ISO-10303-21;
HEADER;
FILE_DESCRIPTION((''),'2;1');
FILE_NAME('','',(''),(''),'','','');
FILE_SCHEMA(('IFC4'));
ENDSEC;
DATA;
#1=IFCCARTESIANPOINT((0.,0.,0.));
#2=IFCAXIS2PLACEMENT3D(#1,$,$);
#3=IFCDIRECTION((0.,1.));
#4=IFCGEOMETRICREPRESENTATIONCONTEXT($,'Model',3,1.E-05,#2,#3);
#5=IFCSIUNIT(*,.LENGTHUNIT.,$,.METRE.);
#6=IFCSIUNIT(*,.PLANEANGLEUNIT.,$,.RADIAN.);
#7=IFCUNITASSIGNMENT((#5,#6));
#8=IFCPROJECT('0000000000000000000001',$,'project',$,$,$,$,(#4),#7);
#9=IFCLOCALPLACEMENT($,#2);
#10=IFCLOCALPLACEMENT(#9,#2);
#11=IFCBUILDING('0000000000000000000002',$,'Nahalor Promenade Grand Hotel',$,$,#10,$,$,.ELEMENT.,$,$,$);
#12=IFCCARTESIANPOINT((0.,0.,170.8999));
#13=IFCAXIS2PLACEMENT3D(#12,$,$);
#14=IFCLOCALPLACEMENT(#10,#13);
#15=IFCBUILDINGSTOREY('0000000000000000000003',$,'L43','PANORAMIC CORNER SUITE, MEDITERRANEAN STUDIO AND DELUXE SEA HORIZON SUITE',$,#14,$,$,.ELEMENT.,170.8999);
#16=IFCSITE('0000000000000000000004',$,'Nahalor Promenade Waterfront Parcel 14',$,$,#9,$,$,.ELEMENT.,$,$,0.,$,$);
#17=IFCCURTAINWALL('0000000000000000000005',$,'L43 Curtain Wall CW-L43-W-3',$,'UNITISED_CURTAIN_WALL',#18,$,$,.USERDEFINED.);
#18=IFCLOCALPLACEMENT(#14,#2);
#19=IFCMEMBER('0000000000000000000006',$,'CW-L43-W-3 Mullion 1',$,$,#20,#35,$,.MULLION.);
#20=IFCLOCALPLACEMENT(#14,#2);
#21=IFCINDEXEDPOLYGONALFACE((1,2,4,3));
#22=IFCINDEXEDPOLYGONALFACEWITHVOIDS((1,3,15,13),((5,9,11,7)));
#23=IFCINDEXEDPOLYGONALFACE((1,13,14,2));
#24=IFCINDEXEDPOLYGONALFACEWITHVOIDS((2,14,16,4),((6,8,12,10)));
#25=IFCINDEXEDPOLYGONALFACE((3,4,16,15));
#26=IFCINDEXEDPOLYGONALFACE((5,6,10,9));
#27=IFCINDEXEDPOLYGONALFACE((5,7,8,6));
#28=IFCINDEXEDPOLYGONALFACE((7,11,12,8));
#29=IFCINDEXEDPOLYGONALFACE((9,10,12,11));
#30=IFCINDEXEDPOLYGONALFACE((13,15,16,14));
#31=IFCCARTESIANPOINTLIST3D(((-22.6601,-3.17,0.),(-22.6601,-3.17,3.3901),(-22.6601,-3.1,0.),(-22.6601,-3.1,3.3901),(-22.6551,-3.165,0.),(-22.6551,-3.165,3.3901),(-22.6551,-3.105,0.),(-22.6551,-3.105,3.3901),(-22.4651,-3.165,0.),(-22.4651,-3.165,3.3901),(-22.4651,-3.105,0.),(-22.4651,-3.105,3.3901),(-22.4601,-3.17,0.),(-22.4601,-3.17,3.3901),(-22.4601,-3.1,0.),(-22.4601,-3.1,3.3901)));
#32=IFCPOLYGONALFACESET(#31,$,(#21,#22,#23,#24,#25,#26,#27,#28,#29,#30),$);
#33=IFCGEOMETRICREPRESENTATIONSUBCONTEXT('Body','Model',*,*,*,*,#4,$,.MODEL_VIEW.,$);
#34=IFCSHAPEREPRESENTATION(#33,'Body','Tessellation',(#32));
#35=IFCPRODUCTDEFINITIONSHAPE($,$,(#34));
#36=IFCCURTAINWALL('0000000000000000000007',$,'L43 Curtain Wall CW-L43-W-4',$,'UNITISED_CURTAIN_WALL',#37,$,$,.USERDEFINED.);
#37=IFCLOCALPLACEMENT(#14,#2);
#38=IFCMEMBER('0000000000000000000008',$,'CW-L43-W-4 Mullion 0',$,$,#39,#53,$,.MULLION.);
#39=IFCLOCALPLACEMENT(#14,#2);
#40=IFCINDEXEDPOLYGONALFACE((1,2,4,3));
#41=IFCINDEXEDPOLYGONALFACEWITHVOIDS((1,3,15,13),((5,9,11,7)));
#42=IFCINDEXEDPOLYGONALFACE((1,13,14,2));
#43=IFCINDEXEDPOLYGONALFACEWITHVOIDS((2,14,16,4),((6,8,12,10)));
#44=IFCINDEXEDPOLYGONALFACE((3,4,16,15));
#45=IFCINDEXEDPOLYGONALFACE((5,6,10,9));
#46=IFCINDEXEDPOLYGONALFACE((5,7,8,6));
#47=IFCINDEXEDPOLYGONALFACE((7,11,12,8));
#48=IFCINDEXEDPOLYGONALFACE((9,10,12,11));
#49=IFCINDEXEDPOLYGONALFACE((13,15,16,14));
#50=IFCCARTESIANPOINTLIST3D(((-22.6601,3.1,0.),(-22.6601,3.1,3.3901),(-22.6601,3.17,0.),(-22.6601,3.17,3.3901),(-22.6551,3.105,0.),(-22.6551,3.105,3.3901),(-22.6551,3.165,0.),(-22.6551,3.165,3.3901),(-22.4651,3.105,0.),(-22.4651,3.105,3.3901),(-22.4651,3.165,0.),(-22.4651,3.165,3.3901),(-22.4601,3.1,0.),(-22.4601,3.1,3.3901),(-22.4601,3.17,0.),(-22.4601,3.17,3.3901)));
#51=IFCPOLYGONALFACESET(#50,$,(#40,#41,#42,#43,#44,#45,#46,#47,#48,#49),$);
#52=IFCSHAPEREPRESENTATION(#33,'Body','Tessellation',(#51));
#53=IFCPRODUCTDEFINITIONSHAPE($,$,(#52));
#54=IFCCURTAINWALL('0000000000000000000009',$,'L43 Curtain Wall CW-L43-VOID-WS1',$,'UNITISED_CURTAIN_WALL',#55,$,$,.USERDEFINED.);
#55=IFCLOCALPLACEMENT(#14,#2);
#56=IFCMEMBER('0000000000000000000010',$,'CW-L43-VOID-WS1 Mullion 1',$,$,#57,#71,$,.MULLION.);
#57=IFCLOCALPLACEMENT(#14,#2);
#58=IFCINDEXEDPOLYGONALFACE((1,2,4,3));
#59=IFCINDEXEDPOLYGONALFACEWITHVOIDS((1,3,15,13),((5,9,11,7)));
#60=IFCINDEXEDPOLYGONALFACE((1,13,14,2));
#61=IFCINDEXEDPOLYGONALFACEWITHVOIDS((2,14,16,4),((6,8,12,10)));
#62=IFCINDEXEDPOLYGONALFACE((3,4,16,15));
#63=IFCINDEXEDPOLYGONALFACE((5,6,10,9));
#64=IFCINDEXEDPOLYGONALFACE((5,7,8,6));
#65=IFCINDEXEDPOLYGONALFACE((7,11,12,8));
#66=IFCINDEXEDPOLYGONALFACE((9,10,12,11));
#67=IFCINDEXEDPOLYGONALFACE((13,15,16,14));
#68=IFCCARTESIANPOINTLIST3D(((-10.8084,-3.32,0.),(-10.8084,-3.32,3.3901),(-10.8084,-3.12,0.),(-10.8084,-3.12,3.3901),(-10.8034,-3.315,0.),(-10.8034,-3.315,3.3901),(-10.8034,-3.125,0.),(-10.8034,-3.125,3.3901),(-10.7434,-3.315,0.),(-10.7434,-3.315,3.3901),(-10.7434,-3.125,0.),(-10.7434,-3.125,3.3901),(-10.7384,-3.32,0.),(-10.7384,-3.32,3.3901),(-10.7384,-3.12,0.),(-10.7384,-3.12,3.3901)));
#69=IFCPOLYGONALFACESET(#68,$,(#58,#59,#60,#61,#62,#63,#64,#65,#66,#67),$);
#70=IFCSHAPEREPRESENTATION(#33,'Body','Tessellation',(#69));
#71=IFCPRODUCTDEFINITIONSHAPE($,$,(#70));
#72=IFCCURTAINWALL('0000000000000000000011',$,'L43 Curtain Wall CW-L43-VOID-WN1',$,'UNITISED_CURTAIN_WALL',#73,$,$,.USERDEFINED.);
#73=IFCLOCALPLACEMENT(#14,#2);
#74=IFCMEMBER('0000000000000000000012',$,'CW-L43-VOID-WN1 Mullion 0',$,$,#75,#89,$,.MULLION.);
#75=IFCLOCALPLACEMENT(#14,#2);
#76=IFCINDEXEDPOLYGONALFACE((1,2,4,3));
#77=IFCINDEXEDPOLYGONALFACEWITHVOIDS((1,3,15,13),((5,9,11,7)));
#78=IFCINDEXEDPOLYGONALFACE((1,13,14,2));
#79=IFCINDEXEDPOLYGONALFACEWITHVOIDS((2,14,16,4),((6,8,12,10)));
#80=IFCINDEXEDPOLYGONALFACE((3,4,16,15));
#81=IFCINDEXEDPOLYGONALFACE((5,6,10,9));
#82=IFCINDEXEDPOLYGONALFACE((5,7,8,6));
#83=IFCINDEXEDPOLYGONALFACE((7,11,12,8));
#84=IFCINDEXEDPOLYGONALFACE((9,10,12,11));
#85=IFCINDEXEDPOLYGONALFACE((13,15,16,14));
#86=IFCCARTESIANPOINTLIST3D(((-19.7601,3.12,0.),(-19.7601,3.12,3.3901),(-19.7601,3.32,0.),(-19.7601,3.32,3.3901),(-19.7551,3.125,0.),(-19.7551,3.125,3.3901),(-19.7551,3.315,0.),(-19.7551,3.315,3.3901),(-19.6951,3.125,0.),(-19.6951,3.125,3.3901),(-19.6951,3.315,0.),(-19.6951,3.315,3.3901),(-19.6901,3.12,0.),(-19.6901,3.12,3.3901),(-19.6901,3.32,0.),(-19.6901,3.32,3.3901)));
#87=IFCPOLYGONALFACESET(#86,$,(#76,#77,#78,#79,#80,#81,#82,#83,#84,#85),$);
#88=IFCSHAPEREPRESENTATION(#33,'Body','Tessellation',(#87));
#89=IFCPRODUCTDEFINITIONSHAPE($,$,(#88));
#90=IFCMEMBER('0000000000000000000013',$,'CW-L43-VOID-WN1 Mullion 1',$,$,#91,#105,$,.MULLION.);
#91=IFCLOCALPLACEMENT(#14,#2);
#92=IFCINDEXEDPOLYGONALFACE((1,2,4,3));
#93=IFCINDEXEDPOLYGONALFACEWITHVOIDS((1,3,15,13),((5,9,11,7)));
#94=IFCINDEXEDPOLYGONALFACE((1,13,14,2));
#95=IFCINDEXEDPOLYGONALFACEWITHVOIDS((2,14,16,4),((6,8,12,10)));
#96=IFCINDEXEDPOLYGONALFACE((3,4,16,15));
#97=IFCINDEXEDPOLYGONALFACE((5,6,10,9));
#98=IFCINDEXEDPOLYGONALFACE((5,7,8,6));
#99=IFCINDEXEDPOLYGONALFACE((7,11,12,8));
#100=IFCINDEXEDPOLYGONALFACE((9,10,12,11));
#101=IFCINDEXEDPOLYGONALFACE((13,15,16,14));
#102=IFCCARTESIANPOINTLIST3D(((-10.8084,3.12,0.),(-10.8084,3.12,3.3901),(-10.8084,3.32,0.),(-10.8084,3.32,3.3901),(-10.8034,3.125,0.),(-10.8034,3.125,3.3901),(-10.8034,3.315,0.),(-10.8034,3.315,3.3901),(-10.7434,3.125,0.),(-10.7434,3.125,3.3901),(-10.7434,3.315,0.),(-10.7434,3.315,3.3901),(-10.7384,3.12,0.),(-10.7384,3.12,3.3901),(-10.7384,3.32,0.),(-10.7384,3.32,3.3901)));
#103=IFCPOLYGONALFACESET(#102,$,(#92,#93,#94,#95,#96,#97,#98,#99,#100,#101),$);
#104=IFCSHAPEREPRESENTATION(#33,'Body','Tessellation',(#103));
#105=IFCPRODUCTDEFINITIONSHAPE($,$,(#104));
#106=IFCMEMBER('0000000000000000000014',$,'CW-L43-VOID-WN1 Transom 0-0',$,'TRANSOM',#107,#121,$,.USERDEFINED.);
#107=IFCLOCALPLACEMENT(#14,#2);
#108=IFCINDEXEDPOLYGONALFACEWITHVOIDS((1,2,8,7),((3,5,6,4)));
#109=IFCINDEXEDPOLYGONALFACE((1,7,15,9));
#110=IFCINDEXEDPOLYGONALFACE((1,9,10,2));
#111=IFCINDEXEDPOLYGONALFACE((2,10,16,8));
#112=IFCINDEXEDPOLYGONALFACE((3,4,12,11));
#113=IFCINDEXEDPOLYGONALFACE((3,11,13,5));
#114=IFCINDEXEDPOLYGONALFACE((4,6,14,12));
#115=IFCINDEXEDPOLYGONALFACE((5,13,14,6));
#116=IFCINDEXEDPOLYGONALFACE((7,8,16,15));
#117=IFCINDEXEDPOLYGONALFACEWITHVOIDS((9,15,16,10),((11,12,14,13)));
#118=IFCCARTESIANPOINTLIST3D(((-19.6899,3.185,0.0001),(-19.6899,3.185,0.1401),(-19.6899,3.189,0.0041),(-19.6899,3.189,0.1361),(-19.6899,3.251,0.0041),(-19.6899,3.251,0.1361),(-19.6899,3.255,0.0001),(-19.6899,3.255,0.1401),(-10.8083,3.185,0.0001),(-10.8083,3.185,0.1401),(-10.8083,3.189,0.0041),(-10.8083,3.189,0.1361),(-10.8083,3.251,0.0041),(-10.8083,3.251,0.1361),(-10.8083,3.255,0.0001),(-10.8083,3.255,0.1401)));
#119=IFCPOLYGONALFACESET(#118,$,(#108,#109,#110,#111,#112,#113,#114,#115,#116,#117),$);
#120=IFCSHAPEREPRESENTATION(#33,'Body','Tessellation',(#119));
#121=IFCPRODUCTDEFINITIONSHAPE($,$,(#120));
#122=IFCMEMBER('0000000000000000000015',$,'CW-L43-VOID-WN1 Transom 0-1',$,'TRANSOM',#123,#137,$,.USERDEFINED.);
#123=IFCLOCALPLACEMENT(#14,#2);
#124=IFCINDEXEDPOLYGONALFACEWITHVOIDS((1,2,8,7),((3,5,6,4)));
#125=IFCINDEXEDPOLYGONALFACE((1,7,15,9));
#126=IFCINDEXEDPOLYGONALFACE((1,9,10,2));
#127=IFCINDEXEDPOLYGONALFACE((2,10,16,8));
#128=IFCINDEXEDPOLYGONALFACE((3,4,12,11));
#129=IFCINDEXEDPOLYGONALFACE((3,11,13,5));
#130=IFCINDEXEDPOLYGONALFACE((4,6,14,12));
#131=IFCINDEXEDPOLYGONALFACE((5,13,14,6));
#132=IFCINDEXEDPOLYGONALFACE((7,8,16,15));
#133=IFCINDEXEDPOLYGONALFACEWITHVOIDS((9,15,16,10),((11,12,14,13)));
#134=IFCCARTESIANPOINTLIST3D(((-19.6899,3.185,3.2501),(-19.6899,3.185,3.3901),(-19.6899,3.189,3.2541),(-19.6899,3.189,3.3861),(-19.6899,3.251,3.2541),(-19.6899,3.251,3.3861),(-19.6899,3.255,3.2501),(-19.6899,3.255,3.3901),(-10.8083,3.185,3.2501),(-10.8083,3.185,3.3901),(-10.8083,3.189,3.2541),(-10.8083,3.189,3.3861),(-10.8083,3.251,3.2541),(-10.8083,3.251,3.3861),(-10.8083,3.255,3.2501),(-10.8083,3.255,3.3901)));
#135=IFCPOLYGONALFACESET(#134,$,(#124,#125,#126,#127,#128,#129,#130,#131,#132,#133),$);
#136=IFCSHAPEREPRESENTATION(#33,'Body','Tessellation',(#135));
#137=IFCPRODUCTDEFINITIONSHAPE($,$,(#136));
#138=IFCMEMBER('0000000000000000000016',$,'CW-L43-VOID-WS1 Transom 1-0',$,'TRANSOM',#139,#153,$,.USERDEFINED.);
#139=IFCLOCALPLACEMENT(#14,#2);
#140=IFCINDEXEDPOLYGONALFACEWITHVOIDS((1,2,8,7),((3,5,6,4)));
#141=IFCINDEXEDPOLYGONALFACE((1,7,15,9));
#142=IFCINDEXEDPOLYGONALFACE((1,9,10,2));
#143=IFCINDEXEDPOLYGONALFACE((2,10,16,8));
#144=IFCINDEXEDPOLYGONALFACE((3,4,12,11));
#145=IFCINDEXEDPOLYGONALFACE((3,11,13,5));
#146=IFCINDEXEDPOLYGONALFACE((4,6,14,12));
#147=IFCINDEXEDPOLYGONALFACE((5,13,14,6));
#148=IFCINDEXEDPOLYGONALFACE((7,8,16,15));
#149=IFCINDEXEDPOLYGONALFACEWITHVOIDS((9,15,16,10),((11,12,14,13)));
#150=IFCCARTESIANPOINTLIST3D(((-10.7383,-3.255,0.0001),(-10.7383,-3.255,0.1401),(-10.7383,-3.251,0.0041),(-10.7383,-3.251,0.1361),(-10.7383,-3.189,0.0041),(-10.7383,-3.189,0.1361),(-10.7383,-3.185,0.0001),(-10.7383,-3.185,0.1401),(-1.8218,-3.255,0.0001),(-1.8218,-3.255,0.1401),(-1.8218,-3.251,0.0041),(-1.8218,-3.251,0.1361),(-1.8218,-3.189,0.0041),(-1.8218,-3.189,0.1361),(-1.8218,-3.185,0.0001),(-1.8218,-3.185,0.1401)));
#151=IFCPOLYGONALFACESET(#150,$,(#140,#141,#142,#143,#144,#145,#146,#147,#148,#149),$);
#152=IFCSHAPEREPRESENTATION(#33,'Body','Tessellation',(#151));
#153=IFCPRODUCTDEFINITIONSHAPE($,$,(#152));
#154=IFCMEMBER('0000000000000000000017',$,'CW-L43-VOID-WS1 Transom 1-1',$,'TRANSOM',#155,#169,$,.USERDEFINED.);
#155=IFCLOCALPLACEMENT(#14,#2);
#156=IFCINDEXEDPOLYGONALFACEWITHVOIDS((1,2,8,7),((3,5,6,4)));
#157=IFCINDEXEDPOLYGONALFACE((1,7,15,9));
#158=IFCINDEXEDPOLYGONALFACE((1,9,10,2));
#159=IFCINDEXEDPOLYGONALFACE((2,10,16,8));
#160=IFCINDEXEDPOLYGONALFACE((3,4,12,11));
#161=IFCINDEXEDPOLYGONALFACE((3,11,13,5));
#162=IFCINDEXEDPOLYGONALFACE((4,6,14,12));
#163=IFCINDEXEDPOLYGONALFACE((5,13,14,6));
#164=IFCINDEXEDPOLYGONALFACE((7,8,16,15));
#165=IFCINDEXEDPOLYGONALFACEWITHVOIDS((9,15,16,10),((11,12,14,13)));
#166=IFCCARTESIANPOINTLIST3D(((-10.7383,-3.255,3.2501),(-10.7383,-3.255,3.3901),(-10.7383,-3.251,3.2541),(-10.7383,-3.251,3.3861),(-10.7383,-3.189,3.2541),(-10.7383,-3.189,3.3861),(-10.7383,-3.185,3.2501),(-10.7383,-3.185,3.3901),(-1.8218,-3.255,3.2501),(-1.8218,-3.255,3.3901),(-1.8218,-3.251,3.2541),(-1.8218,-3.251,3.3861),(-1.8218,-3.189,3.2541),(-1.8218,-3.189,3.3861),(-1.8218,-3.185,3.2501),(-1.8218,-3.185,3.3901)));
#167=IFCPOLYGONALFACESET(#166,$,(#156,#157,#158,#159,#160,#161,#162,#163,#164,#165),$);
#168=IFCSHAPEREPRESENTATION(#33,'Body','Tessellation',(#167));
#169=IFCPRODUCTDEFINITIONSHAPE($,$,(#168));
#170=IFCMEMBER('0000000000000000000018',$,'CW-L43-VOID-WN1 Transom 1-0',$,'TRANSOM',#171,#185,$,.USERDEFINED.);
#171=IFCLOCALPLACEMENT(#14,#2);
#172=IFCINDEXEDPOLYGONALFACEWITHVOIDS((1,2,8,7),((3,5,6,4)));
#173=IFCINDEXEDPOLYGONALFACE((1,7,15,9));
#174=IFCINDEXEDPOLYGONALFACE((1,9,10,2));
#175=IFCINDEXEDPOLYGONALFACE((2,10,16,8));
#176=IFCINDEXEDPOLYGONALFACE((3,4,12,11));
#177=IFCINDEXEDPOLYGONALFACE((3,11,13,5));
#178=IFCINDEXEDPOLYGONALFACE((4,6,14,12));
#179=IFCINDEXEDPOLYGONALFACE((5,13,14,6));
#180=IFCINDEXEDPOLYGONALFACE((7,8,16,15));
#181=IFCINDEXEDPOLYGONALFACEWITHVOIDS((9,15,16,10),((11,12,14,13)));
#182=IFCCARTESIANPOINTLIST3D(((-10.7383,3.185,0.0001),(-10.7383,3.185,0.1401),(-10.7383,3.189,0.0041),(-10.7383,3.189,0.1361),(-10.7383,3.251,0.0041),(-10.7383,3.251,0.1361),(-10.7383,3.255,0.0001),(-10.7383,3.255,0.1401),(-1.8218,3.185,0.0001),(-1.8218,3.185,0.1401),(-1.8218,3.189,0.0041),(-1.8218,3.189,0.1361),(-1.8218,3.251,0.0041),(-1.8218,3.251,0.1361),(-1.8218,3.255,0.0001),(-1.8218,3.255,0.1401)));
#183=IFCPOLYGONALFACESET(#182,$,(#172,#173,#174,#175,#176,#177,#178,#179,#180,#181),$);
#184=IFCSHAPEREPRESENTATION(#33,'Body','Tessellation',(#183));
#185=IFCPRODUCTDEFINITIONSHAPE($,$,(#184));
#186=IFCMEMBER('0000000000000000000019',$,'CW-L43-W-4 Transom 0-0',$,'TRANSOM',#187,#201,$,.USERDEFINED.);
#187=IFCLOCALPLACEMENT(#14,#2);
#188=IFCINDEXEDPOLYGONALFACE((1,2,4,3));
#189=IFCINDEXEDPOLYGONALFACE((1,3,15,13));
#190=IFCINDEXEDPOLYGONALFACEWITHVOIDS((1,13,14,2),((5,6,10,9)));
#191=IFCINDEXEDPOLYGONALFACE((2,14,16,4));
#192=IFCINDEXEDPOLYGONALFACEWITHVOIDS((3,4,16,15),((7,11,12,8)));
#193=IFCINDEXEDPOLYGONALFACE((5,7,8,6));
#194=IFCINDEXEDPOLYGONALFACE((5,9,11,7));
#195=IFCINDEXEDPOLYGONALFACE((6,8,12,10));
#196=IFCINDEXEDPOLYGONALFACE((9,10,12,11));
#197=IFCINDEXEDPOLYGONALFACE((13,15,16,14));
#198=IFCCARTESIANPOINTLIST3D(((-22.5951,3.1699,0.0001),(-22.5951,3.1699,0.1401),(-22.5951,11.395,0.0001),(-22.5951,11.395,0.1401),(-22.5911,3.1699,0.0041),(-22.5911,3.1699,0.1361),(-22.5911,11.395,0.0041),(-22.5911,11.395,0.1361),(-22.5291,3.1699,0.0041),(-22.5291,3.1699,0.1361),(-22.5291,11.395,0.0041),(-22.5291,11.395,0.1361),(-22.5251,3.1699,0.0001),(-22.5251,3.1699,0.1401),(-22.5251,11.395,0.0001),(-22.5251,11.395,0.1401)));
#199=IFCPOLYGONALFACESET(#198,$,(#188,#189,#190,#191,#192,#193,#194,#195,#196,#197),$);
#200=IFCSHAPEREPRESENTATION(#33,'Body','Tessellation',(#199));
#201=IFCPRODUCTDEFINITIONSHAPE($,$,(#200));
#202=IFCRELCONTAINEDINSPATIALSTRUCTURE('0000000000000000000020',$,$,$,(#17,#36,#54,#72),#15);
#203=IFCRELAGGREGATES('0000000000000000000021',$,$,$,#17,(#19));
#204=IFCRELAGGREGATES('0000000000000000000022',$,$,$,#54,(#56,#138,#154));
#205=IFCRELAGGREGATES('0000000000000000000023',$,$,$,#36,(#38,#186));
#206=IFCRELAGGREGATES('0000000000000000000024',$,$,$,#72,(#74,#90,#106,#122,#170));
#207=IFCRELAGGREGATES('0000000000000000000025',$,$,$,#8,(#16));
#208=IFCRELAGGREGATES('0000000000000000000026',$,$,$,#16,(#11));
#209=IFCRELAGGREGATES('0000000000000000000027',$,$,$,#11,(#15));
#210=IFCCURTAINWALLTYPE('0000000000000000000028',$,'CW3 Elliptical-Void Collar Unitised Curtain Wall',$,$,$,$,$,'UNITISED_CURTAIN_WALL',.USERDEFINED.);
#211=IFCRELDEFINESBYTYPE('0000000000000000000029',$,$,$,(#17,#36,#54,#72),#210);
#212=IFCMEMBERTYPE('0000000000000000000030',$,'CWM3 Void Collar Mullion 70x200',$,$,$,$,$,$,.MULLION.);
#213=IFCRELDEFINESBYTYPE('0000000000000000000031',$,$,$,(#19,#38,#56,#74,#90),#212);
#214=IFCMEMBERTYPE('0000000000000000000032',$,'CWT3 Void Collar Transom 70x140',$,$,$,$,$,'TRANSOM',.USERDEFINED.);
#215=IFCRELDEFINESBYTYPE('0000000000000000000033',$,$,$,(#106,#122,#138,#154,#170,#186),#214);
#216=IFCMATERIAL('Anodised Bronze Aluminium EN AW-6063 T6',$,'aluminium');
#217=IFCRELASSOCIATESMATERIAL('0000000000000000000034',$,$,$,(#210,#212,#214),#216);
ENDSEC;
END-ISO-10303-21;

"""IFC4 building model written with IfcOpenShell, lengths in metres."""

from ifc_helpers import new_model, si_unit, direction, frame, origin, origin_2d, place, context, subcontext, project, spatial, hollow_rectangle, extrude, source, transform, mapped, material, material_profile, profile_set, type_object, element, aggregate, save


model = new_model("IFC4")

# Units and contexts
model_context = context("Model", 3, precision=1e-05, world=origin(), true_north=direction((0.0, 1.0)))
body_context = subcontext(model_context, "Body", "Model", "MODEL_VIEW")
ifc_project = project(units=[si_unit("LENGTHUNIT", "METRE"), si_unit("PLANEANGLEUNIT", "RADIAN")], contexts=[model_context])

# Site, building, storey
site_placement = place(None, origin())
site = spatial("IfcSite", under=ifc_project, at=site_placement, Name="Nahalor Promenade Waterfront Parcel 14", CompositionType="ELEMENT", RefElevation=0.0)
building_placement = place(site_placement, origin())
building = spatial("IfcBuilding", under=site, at=building_placement, Name="Nahalor Promenade Grand Hotel", CompositionType="ELEMENT")
storey_placement = place(building_placement, frame((0.0, 0.0, 170.8999)))
storey = spatial("IfcBuildingStorey", under=building, at=storey_placement, Name="L43", Description="PANORAMIC CORNER SUITE, MEDITERRANEAN STUDIO AND DELUXE SEA HORIZON SUITE", CompositionType="ELEMENT", Elevation=170.8999)

# Curtain walls, members
ifc_material_1 = material(Name="Anodised Bronze Aluminium EN AW-6063 T6", Category="aluminium")
curtain_wall_type = type_object("IfcCurtainWallType", Name="CW3 Elliptical-Void Collar Unitised Curtain Wall", ElementType="UNITISED_CURTAIN_WALL", PredefinedType="USERDEFINED", material=ifc_material_1)
curtain_wall_1_placement = place(storey_placement, origin())
curtain_wall_1 = element("IfcCurtainWall", 1, at=curtain_wall_1_placement, inside=storey, type_object=curtain_wall_type, Name="L43 Curtain Wall CW-L43-W-3", ObjectType="UNITISED_CURTAIN_WALL", PredefinedType="USERDEFINED")
ifc_material_profile_1 = material_profile(ifc_material_1, hollow_rectangle(XDim=0.07, YDim=0.2, WallThickness=0.005, at=origin_2d()), Name="CWM 70x200x5")
ifc_profile_set_1 = profile_set([ifc_material_profile_1], Name="Anodised Bronze Aluminium EN AW-6063 T6")
member_type_1 = type_object("IfcMemberType", Name="CWM3 Void Collar Mullion 70x200", PredefinedType="MULLION", material=ifc_profile_set_1)
shared_shape_1 = source(origin(), body_context, "Body", "SweptSolid", [
    extrude(hollow_rectangle(XDim=0.07, YDim=0.2, WallThickness=0.005, at=origin_2d()), origin(), (0.0, 0.0, 1.0), 3.3901),
])
member_1_placement = place(storey_placement, frame((-22.5601, -3.135, 0.0), z_axis=(0.0, 0.0, 1.0), x_axis=(0.0, 1.0, 0.0)))
member_1 = element("IfcMember", 2, at=member_1_placement, type_object=member_type_1, Name="CW-L43-W-3 Mullion 1", PredefinedType="MULLION", context=body_context, shape_type="MappedRepresentation", body=[
    mapped(shared_shape_1, transform((0.0, 0.0, 0.0), scale=1.0)),
])
aggregate(curtain_wall_1, [member_1])
curtain_wall_2_placement = place(storey_placement, origin())
curtain_wall_2 = element("IfcCurtainWall", 3, at=curtain_wall_2_placement, inside=storey, type_object=curtain_wall_type, Name="L43 Curtain Wall CW-L43-W-4", ObjectType="UNITISED_CURTAIN_WALL", PredefinedType="USERDEFINED")
member_2_placement = place(storey_placement, frame((-22.5601, 3.135, 0.0), z_axis=(0.0, 0.0, 1.0), x_axis=(0.0, 1.0, 0.0)))
member_2 = element("IfcMember", 4, at=member_2_placement, type_object=member_type_1, Name="CW-L43-W-4 Mullion 0", PredefinedType="MULLION", context=body_context, shape_type="MappedRepresentation", body=[
    mapped(shared_shape_1, transform((0.0, 0.0, 0.0), scale=1.0)),
])
curtain_wall_3_placement = place(storey_placement, origin())
curtain_wall_3 = element("IfcCurtainWall", 5, at=curtain_wall_3_placement, inside=storey, type_object=curtain_wall_type, Name="L43 Curtain Wall CW-L43-VOID-WS1", ObjectType="UNITISED_CURTAIN_WALL", PredefinedType="USERDEFINED")
member_3_placement = place(storey_placement, frame((-10.7734, -3.22, 0.0), z_axis=(0.0, 0.0, 1.0), x_axis=(1.0, 0.0, 0.0)))
member_3 = element("IfcMember", 6, at=member_3_placement, type_object=member_type_1, Name="CW-L43-VOID-WS1 Mullion 1", PredefinedType="MULLION", context=body_context, shape_type="MappedRepresentation", body=[
    mapped(shared_shape_1, transform((0.0, 0.0, 0.0), scale=1.0)),
])

# Curtain wall, members
curtain_wall_4_placement = place(storey_placement, origin())
curtain_wall_4 = element("IfcCurtainWall", 7, at=curtain_wall_4_placement, inside=storey, type_object=curtain_wall_type, Name="L43 Curtain Wall CW-L43-VOID-WN1", ObjectType="UNITISED_CURTAIN_WALL", PredefinedType="USERDEFINED")
member_4_placement = place(storey_placement, frame((-19.7251, 3.22, 0.0), z_axis=(0.0, 0.0, 1.0), x_axis=(1.0, 0.0, 0.0)))
member_4 = element("IfcMember", 8, at=member_4_placement, type_object=member_type_1, Name="CW-L43-VOID-WN1 Mullion 0", PredefinedType="MULLION", context=body_context, shape_type="MappedRepresentation", body=[
    mapped(shared_shape_1, transform((0.0, 0.0, 0.0), scale=1.0)),
])
member_5_placement = place(storey_placement, frame((-10.7734, 3.22, 0.0), z_axis=(0.0, 0.0, 1.0), x_axis=(1.0, 0.0, 0.0)))
member_5 = element("IfcMember", 9, at=member_5_placement, type_object=member_type_1, Name="CW-L43-VOID-WN1 Mullion 1", PredefinedType="MULLION", context=body_context, shape_type="MappedRepresentation", body=[
    mapped(shared_shape_1, transform((0.0, 0.0, 0.0), scale=1.0)),
])
ifc_material_profile_2 = material_profile(ifc_material_1, hollow_rectangle(XDim=0.07, YDim=0.14, WallThickness=0.004, at=origin_2d()), Name="CWT 70x140x4")
ifc_profile_set_2 = profile_set([ifc_material_profile_2], Name="Anodised Bronze Aluminium EN AW-6063 T6")
member_type_2 = type_object("IfcMemberType", Name="CWT3 Void Collar Transom 70x140", ElementType="TRANSOM", PredefinedType="USERDEFINED", material=ifc_profile_set_2)
shared_shape_2 = source(origin(), body_context, "Body", "SweptSolid", [
    extrude(hollow_rectangle(XDim=0.07, YDim=0.14, WallThickness=0.004, at=origin_2d()), origin(), (0.0, 0.0, 1.0), 8.8816),
])
member_6_placement = place(storey_placement, frame((-19.6899, 3.22, 0.0701), z_axis=(1.0, 0.0, 0.0), x_axis=(0.0, 1.0, 0.0)))
member_6 = element("IfcMember", 10, at=member_6_placement, type_object=member_type_2, Name="CW-L43-VOID-WN1 Transom 0-0", ObjectType="TRANSOM", PredefinedType="USERDEFINED", context=body_context, shape_type="MappedRepresentation", body=[
    mapped(shared_shape_2, transform((0.0, 0.0, 0.0), scale=1.0)),
])
member_7_placement = place(storey_placement, frame((-19.6899, 3.22, 3.3201), z_axis=(1.0, 0.0, 0.0), x_axis=(0.0, 1.0, 0.0)))
member_7 = element("IfcMember", 11, at=member_7_placement, type_object=member_type_2, Name="CW-L43-VOID-WN1 Transom 0-1", ObjectType="TRANSOM", PredefinedType="USERDEFINED", context=body_context, shape_type="MappedRepresentation", body=[
    mapped(shared_shape_2, transform((0.0, 0.0, 0.0), scale=1.0)),
])

# Members
shared_shape_3 = source(origin(), body_context, "Body", "SweptSolid", [
    extrude(hollow_rectangle(XDim=0.07, YDim=0.14, WallThickness=0.004, at=origin_2d()), origin(), (0.0, 0.0, 1.0), 8.9165),
])
member_8_placement = place(storey_placement, frame((-10.7383, -3.22, 0.0701), z_axis=(1.0, 0.0, 0.0), x_axis=(0.0, 1.0, 0.0)))
member_8 = element("IfcMember", 12, at=member_8_placement, type_object=member_type_2, Name="CW-L43-VOID-WS1 Transom 1-0", ObjectType="TRANSOM", PredefinedType="USERDEFINED", context=body_context, shape_type="MappedRepresentation", body=[
    mapped(shared_shape_3, transform((0.0, 0.0, 0.0), scale=1.0)),
])
member_9_placement = place(storey_placement, frame((-10.7383, -3.22, 3.3201), z_axis=(1.0, 0.0, 0.0), x_axis=(0.0, 1.0, 0.0)))
member_9 = element("IfcMember", 13, at=member_9_placement, type_object=member_type_2, Name="CW-L43-VOID-WS1 Transom 1-1", ObjectType="TRANSOM", PredefinedType="USERDEFINED", context=body_context, shape_type="MappedRepresentation", body=[
    mapped(shared_shape_3, transform((0.0, 0.0, 0.0), scale=1.0)),
])
aggregate(curtain_wall_3, [member_3, member_8, member_9])
member_10_placement = place(storey_placement, frame((-10.7383, 3.22, 0.0701), z_axis=(1.0, 0.0, 0.0), x_axis=(0.0, 1.0, 0.0)))
member_10 = element("IfcMember", 14, at=member_10_placement, type_object=member_type_2, Name="CW-L43-VOID-WN1 Transom 1-0", ObjectType="TRANSOM", PredefinedType="USERDEFINED", context=body_context, shape_type="MappedRepresentation", body=[
    mapped(shared_shape_3, transform((0.0, 0.0, 0.0), scale=1.0)),
])
shared_shape_4 = source(origin(), body_context, "Body", "SweptSolid", [
    extrude(hollow_rectangle(XDim=0.07, YDim=0.14, WallThickness=0.004, at=origin_2d()), origin(), (0.0, 0.0, 1.0), 8.2251),
])
member_11_placement = place(storey_placement, frame((-22.5601, 3.1699, 0.0701), z_axis=(0.0, 1.0, 0.0), x_axis=(-1.0, 0.0, 0.0)))
member_11 = element("IfcMember", 15, at=member_11_placement, type_object=member_type_2, Name="CW-L43-W-4 Transom 0-0", ObjectType="TRANSOM", PredefinedType="USERDEFINED", context=body_context, shape_type="MappedRepresentation", body=[
    mapped(shared_shape_4, transform((0.0, 0.0, 0.0), scale=1.0)),
])

aggregate(curtain_wall_2, [member_2, member_11])
aggregate(curtain_wall_4, [member_4, member_5, member_6, member_7, member_10])

save(model, "model.ifc")
